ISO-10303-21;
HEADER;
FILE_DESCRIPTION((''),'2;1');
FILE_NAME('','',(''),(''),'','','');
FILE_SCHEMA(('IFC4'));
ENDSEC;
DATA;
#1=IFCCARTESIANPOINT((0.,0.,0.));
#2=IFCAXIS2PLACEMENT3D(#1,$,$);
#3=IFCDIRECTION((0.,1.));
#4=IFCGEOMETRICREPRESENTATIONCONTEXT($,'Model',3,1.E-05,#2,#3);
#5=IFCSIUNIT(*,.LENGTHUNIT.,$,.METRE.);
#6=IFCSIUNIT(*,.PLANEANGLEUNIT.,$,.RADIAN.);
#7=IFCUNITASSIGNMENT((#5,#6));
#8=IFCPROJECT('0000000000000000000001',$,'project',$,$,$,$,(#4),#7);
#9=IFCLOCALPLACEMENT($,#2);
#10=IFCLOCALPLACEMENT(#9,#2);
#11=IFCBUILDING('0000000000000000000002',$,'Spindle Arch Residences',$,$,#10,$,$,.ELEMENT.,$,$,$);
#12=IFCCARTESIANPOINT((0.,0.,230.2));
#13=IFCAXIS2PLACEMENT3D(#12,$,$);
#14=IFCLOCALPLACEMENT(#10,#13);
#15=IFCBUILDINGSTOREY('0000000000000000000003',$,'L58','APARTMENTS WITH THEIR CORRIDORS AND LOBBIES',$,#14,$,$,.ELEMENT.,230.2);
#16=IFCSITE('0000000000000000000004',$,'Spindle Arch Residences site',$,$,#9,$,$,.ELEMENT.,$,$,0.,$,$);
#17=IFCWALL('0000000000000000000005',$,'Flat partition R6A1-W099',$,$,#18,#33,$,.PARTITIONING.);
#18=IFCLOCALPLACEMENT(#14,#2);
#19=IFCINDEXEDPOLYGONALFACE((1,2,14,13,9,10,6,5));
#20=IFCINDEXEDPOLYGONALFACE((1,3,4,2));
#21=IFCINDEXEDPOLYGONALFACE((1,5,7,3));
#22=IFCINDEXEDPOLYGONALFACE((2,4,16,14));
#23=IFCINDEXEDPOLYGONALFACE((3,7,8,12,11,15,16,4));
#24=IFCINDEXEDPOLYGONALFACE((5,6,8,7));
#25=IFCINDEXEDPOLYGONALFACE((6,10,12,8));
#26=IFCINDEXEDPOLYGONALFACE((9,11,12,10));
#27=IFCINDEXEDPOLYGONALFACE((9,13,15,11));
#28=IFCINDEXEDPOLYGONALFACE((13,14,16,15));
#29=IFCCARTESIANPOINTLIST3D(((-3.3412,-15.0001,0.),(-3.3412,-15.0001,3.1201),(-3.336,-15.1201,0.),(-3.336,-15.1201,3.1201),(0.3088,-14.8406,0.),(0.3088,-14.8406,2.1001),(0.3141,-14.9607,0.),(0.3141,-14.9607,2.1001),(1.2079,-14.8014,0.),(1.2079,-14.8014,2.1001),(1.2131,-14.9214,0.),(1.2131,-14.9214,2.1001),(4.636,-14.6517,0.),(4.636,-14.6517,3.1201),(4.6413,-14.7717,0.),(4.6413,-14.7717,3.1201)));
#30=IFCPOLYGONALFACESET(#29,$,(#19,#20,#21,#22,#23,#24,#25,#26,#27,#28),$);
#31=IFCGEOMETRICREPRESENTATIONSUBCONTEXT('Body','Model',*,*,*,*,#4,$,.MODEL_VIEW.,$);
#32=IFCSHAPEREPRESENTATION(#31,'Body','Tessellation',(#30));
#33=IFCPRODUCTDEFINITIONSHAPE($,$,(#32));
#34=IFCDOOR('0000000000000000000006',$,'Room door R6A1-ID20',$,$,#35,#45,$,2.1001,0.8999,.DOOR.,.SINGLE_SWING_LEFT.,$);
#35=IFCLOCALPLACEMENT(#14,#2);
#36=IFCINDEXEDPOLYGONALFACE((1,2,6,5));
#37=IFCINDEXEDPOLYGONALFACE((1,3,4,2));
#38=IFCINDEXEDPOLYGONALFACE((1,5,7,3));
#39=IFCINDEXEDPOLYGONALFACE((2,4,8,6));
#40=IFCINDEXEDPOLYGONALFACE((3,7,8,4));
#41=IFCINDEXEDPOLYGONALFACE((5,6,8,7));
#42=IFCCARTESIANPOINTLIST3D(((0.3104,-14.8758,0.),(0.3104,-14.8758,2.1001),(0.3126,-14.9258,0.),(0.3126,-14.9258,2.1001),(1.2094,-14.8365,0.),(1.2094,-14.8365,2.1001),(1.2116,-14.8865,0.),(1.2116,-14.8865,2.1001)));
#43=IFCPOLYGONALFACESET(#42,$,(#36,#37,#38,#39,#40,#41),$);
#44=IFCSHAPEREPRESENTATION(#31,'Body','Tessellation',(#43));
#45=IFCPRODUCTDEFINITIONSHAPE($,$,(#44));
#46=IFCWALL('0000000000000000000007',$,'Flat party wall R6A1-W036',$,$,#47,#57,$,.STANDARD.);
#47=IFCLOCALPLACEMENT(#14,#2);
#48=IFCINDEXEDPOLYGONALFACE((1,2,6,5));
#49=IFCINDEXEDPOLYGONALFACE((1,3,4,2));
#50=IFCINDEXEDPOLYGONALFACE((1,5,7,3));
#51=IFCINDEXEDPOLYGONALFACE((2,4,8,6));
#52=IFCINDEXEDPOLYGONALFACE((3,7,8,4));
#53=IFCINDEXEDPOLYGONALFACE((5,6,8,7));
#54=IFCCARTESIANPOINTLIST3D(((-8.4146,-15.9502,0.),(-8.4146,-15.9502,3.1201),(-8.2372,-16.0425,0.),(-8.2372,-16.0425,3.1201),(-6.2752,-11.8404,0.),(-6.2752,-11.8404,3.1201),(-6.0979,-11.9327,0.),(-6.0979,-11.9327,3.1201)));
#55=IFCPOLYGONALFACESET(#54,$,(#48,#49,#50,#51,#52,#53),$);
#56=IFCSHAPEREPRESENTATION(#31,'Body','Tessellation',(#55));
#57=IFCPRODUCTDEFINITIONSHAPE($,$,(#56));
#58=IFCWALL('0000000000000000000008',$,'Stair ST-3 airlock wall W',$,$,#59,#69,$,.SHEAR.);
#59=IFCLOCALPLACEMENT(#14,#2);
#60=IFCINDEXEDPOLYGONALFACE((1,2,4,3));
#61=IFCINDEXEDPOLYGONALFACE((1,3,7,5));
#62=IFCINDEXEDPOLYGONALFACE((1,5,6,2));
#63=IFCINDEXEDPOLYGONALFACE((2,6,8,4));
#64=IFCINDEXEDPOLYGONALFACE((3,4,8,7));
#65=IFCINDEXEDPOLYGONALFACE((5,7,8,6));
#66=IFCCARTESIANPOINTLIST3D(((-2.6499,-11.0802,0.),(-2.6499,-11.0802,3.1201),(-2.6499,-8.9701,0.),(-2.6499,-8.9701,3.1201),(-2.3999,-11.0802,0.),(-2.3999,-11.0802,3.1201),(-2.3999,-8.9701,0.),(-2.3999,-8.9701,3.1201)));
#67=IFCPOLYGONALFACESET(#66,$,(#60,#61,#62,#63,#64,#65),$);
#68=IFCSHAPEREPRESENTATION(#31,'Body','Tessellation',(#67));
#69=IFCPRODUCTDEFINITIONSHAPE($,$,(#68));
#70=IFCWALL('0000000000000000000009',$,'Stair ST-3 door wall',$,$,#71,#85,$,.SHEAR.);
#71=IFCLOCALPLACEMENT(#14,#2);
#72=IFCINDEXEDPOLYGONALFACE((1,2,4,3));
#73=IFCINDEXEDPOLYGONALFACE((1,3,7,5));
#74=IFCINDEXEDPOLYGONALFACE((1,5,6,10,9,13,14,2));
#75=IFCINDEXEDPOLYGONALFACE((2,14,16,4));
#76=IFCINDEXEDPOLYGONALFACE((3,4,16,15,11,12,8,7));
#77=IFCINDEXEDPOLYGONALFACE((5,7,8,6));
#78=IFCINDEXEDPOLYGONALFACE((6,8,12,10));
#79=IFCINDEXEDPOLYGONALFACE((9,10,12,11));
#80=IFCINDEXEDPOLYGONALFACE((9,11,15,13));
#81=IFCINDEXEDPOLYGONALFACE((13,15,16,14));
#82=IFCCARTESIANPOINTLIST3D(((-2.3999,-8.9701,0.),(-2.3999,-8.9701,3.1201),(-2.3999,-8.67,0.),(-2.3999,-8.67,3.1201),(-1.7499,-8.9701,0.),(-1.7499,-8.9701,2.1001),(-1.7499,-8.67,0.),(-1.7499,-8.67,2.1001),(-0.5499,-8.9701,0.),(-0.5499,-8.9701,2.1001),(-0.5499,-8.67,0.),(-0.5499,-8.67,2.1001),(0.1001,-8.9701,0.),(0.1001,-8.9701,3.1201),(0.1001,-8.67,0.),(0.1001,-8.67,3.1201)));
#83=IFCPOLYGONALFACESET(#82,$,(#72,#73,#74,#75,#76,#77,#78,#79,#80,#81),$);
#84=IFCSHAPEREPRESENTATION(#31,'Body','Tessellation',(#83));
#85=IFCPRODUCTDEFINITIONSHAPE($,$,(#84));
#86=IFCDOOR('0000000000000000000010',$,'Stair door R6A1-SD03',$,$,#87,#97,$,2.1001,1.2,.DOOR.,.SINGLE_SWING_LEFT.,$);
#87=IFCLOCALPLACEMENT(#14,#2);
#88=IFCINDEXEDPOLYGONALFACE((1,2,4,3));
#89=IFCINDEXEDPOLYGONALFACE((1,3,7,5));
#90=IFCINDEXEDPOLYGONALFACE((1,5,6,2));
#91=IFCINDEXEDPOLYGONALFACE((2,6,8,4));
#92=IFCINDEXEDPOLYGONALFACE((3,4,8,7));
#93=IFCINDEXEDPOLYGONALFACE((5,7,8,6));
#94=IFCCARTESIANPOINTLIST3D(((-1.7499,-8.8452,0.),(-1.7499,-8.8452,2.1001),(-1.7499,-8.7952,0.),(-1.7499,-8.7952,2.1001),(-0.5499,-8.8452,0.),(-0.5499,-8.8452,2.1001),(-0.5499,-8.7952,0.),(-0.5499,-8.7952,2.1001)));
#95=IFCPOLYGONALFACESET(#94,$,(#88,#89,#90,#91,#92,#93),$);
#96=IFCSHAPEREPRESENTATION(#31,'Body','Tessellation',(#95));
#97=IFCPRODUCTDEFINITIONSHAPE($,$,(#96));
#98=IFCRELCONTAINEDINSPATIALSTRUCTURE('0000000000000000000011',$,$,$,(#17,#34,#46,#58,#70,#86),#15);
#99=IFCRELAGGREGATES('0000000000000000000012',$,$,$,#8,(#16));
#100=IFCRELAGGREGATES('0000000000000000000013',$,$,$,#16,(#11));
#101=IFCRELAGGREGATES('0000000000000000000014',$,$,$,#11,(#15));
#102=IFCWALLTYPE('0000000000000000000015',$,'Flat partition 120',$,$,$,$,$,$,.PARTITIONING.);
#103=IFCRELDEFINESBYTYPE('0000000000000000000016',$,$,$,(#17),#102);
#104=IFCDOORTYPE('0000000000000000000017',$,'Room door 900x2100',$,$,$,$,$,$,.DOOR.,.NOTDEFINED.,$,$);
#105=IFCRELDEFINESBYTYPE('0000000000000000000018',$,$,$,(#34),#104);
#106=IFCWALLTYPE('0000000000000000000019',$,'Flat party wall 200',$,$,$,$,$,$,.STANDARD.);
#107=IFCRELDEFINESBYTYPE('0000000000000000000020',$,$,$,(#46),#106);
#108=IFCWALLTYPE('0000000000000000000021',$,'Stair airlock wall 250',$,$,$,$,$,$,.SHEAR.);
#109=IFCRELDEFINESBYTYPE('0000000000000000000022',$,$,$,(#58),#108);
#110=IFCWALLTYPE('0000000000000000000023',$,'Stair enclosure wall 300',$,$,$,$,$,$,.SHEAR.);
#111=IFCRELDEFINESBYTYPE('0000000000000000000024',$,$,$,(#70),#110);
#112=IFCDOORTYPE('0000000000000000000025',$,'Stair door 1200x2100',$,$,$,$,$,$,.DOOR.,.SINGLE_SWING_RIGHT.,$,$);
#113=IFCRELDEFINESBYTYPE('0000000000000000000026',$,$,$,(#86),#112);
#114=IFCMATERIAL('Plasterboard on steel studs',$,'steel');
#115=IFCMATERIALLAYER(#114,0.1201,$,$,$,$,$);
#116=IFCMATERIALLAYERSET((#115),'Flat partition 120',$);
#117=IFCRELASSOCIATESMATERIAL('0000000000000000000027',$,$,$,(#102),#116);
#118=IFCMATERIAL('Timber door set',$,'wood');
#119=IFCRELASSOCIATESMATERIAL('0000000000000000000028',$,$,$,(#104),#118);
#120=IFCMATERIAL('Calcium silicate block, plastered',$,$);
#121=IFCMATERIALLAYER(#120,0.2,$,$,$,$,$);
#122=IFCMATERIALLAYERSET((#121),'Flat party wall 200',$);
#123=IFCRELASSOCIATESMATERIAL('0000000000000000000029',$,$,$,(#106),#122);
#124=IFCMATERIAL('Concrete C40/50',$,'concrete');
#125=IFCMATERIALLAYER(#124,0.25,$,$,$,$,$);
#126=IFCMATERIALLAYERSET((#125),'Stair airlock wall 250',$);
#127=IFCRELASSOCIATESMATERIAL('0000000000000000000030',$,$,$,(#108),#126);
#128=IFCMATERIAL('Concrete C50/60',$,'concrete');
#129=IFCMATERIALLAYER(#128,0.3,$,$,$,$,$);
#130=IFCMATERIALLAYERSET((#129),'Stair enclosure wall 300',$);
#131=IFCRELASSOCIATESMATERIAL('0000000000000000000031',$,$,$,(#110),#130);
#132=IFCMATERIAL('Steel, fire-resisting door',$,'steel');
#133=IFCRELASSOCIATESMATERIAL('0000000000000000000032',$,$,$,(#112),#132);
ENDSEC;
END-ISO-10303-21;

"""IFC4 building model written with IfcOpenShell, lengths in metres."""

from ifc_helpers import new_model, si_unit, direction, frame, frame_2d, origin, place, context, subcontext, project, spatial, rectangle, extrude, material, layer, layer_set, type_object, element, fill, save


model = new_model("IFC4")

# Units and contexts
model_context = context("Model", 3, precision=1e-05, world=origin(), true_north=direction((0.0, 1.0)))
body_context = subcontext(model_context, "Body", "Model", "MODEL_VIEW")
ifc_project = project(units=[si_unit("LENGTHUNIT", "METRE"), si_unit("PLANEANGLEUNIT", "RADIAN")], contexts=[model_context])

# Site, building, storey
site_placement = place(None, origin())
site = spatial("IfcSite", under=ifc_project, at=site_placement, Name="Spindle Arch Residences site", CompositionType="ELEMENT", RefElevation=0.0)
building_placement = place(site_placement, origin())
building = spatial("IfcBuilding", under=site, at=building_placement, Name="Spindle Arch Residences", CompositionType="ELEMENT")
storey_placement = place(building_placement, frame((0.0, 0.0, 230.2)))
storey = spatial("IfcBuildingStorey", under=building, at=storey_placement, Name="L58", Description="APARTMENTS WITH THEIR CORRIDORS AND LOBBIES", CompositionType="ELEMENT", Elevation=230.2)

# Shared definitions
ifc_material_1 = material(Name="Plasterboard on steel studs", Category="steel")
ifc_layer_1 = layer(ifc_material_1, 0.1201)
ifc_layer_set_1 = layer_set([ifc_layer_1], Name="Flat partition 120")
wall_type_1 = type_object("IfcWallType", Name="Flat partition 120", PredefinedType="PARTITIONING", material=ifc_layer_set_1)
ifc_material_2 = material(Name="Timber door set", Category="wood")
door_type_1 = type_object("IfcDoorType", Name="Room door 900x2100", OperationType="NOTDEFINED", PredefinedType="DOOR", material=ifc_material_2)

# Wall, opening, door
wall_1_placement = place(storey_placement, frame((-3.3386, -15.0601, 0.0), z_axis=(0.0, 0.0, 1.0), x_axis=(0.999048, 0.043631, 0.0)))
wall_1 = element("IfcWall", 1, at=wall_1_placement, inside=storey, type_object=wall_type_1, Name="Flat partition R6A1-W099", PredefinedType="PARTITIONING", context=body_context, shape_type="SweptSolid", body=[
    extrude(rectangle(XDim=7.9849, YDim=0.1201, at=frame_2d((3.9924, 0.0))), origin(), (0.0, 0.0, 1.0), 3.1201),
])
opening_1_placement = place(wall_1_placement, frame((3.6536, 0.0, 0.0)))
opening_1 = element("IfcOpeningElement", 2, at=opening_1_placement, cuts=wall_1, PredefinedType="OPENING", context=body_context, shape_type="SweptSolid", body=[
    extrude(rectangle(XDim=0.8999, YDim=2.1001, at=frame_2d((0.45, 1.05))), frame((0.0, 0.0701, 0.0), z_axis=(0.0, -1.0, 0.0), x_axis=(1.0, 0.0, 0.0)), (0.0, 0.0, 1.0), 0.1401),
])
door_1_placement = place(opening_1_placement, origin())
door_1 = element("IfcDoor", 3, at=door_1_placement, inside=storey, type_object=door_type_1, Name="Room door R6A1-ID20", OperationType="SINGLE_SWING_LEFT", OverallHeight=2.1001, OverallWidth=0.8999, PredefinedType="DOOR", context=body_context, shape_type="SweptSolid", body=[
    extrude(rectangle(XDim=0.8999, YDim=2.1001, at=frame_2d((0.45, 1.05))), frame((0.0, 0.0249, 0.0), z_axis=(0.0, -1.0, 0.0), x_axis=(1.0, 0.0, 0.0)), (0.0, 0.0, 1.0), 0.05),
])
fill(opening_1, door_1)

# Walls
ifc_material_3 = material(Name="Calcium silicate block, plastered")
ifc_layer_2 = layer(ifc_material_3, 0.2)
ifc_layer_set_2 = layer_set([ifc_layer_2], Name="Flat party wall 200")
wall_type_2 = type_object("IfcWallType", Name="Flat party wall 200", PredefinedType="STANDARD", material=ifc_layer_set_2)
wall_2_placement = place(storey_placement, frame((-8.3259, -15.9963, 0.0), z_axis=(0.0, 0.0, 1.0), x_axis=(0.461739, 0.887016, 0.0)))
element("IfcWall", 4, at=wall_2_placement, inside=storey, type_object=wall_type_2, Name="Flat party wall R6A1-W036", PredefinedType="STANDARD", context=body_context, shape_type="SweptSolid", body=[
    extrude(rectangle(XDim=4.6333, YDim=0.2, at=frame_2d((2.3167, 0.0))), origin(), (0.0, 0.0, 1.0), 3.1201),
])
ifc_material_4 = material(Name="Concrete C40/50", Category="concrete")
ifc_layer_3 = layer(ifc_material_4, 0.25)
ifc_layer_set_3 = layer_set([ifc_layer_3], Name="Stair airlock wall 250")
wall_type_3 = type_object("IfcWallType", Name="Stair airlock wall 250", PredefinedType="SHEAR", material=ifc_layer_set_3)
wall_3_placement = place(storey_placement, frame((-2.5249, -8.97, 0.0), z_axis=(0.0, 0.0, 1.0), x_axis=(0.0, -1.0, 0.0)))
element("IfcWall", 5, at=wall_3_placement, inside=storey, type_object=wall_type_3, Name="Stair ST-3 airlock wall W", PredefinedType="SHEAR", context=body_context, shape_type="SweptSolid", body=[
    extrude(rectangle(XDim=2.1101, YDim=0.25, at=frame_2d((1.0552, 0.0))), origin(), (0.0, 0.0, 1.0), 3.1201),
])

# Wall, opening, door
ifc_material_5 = material(Name="Concrete C50/60", Category="concrete")
ifc_layer_4 = layer(ifc_material_5, 0.3)
ifc_layer_set_4 = layer_set([ifc_layer_4], Name="Stair enclosure wall 300")
wall_type_4 = type_object("IfcWallType", Name="Stair enclosure wall 300", PredefinedType="SHEAR", material=ifc_layer_set_4)
wall_4_placement = place(storey_placement, frame((-2.3999, -8.8201, 0.0), z_axis=(0.0, 0.0, 1.0), x_axis=(1.0, 0.0, 0.0)))
wall_4 = element("IfcWall", 6, at=wall_4_placement, inside=storey, type_object=wall_type_4, Name="Stair ST-3 door wall", PredefinedType="SHEAR", context=body_context, shape_type="SweptSolid", body=[
    extrude(rectangle(XDim=2.5, YDim=0.3, at=frame_2d((1.25, 0.0))), origin(), (0.0, 0.0, 1.0), 3.1201),
])
opening_2_placement = place(wall_4_placement, frame((0.6499, 0.0, 0.0)))
opening_2 = element("IfcOpeningElement", 7, at=opening_2_placement, cuts=wall_4, PredefinedType="OPENING", context=body_context, shape_type="SweptSolid", body=[
    extrude(rectangle(XDim=1.2, YDim=2.1001, at=frame_2d((0.6001, 1.05))), frame((0.0, 0.1602, 0.0), z_axis=(0.0, -1.0, 0.0), x_axis=(1.0, 0.0, 0.0)), (0.0, 0.0, 1.0), 0.3201),
])
ifc_material_6 = material(Name="Steel, fire-resisting door", Category="steel")
door_type_2 = type_object("IfcDoorType", Name="Stair door 1200x2100", OperationType="SINGLE_SWING_RIGHT", PredefinedType="DOOR", material=ifc_material_6)
door_2_placement = place(opening_2_placement, origin())
door_2 = element("IfcDoor", 8, at=door_2_placement, inside=storey, type_object=door_type_2, Name="Stair door R6A1-SD03", OperationType="SINGLE_SWING_LEFT", OverallHeight=2.1001, OverallWidth=1.2, PredefinedType="DOOR", context=body_context, shape_type="SweptSolid", body=[
    extrude(rectangle(XDim=1.2, YDim=2.1001, at=frame_2d((0.6001, 1.05))), frame((0.0, 0.0249, 0.0), z_axis=(0.0, -1.0, 0.0), x_axis=(1.0, 0.0, 0.0)), (0.0, 0.0, 1.0), 0.05),
])
fill(opening_2, door_2)

save(model, "model.ifc")
